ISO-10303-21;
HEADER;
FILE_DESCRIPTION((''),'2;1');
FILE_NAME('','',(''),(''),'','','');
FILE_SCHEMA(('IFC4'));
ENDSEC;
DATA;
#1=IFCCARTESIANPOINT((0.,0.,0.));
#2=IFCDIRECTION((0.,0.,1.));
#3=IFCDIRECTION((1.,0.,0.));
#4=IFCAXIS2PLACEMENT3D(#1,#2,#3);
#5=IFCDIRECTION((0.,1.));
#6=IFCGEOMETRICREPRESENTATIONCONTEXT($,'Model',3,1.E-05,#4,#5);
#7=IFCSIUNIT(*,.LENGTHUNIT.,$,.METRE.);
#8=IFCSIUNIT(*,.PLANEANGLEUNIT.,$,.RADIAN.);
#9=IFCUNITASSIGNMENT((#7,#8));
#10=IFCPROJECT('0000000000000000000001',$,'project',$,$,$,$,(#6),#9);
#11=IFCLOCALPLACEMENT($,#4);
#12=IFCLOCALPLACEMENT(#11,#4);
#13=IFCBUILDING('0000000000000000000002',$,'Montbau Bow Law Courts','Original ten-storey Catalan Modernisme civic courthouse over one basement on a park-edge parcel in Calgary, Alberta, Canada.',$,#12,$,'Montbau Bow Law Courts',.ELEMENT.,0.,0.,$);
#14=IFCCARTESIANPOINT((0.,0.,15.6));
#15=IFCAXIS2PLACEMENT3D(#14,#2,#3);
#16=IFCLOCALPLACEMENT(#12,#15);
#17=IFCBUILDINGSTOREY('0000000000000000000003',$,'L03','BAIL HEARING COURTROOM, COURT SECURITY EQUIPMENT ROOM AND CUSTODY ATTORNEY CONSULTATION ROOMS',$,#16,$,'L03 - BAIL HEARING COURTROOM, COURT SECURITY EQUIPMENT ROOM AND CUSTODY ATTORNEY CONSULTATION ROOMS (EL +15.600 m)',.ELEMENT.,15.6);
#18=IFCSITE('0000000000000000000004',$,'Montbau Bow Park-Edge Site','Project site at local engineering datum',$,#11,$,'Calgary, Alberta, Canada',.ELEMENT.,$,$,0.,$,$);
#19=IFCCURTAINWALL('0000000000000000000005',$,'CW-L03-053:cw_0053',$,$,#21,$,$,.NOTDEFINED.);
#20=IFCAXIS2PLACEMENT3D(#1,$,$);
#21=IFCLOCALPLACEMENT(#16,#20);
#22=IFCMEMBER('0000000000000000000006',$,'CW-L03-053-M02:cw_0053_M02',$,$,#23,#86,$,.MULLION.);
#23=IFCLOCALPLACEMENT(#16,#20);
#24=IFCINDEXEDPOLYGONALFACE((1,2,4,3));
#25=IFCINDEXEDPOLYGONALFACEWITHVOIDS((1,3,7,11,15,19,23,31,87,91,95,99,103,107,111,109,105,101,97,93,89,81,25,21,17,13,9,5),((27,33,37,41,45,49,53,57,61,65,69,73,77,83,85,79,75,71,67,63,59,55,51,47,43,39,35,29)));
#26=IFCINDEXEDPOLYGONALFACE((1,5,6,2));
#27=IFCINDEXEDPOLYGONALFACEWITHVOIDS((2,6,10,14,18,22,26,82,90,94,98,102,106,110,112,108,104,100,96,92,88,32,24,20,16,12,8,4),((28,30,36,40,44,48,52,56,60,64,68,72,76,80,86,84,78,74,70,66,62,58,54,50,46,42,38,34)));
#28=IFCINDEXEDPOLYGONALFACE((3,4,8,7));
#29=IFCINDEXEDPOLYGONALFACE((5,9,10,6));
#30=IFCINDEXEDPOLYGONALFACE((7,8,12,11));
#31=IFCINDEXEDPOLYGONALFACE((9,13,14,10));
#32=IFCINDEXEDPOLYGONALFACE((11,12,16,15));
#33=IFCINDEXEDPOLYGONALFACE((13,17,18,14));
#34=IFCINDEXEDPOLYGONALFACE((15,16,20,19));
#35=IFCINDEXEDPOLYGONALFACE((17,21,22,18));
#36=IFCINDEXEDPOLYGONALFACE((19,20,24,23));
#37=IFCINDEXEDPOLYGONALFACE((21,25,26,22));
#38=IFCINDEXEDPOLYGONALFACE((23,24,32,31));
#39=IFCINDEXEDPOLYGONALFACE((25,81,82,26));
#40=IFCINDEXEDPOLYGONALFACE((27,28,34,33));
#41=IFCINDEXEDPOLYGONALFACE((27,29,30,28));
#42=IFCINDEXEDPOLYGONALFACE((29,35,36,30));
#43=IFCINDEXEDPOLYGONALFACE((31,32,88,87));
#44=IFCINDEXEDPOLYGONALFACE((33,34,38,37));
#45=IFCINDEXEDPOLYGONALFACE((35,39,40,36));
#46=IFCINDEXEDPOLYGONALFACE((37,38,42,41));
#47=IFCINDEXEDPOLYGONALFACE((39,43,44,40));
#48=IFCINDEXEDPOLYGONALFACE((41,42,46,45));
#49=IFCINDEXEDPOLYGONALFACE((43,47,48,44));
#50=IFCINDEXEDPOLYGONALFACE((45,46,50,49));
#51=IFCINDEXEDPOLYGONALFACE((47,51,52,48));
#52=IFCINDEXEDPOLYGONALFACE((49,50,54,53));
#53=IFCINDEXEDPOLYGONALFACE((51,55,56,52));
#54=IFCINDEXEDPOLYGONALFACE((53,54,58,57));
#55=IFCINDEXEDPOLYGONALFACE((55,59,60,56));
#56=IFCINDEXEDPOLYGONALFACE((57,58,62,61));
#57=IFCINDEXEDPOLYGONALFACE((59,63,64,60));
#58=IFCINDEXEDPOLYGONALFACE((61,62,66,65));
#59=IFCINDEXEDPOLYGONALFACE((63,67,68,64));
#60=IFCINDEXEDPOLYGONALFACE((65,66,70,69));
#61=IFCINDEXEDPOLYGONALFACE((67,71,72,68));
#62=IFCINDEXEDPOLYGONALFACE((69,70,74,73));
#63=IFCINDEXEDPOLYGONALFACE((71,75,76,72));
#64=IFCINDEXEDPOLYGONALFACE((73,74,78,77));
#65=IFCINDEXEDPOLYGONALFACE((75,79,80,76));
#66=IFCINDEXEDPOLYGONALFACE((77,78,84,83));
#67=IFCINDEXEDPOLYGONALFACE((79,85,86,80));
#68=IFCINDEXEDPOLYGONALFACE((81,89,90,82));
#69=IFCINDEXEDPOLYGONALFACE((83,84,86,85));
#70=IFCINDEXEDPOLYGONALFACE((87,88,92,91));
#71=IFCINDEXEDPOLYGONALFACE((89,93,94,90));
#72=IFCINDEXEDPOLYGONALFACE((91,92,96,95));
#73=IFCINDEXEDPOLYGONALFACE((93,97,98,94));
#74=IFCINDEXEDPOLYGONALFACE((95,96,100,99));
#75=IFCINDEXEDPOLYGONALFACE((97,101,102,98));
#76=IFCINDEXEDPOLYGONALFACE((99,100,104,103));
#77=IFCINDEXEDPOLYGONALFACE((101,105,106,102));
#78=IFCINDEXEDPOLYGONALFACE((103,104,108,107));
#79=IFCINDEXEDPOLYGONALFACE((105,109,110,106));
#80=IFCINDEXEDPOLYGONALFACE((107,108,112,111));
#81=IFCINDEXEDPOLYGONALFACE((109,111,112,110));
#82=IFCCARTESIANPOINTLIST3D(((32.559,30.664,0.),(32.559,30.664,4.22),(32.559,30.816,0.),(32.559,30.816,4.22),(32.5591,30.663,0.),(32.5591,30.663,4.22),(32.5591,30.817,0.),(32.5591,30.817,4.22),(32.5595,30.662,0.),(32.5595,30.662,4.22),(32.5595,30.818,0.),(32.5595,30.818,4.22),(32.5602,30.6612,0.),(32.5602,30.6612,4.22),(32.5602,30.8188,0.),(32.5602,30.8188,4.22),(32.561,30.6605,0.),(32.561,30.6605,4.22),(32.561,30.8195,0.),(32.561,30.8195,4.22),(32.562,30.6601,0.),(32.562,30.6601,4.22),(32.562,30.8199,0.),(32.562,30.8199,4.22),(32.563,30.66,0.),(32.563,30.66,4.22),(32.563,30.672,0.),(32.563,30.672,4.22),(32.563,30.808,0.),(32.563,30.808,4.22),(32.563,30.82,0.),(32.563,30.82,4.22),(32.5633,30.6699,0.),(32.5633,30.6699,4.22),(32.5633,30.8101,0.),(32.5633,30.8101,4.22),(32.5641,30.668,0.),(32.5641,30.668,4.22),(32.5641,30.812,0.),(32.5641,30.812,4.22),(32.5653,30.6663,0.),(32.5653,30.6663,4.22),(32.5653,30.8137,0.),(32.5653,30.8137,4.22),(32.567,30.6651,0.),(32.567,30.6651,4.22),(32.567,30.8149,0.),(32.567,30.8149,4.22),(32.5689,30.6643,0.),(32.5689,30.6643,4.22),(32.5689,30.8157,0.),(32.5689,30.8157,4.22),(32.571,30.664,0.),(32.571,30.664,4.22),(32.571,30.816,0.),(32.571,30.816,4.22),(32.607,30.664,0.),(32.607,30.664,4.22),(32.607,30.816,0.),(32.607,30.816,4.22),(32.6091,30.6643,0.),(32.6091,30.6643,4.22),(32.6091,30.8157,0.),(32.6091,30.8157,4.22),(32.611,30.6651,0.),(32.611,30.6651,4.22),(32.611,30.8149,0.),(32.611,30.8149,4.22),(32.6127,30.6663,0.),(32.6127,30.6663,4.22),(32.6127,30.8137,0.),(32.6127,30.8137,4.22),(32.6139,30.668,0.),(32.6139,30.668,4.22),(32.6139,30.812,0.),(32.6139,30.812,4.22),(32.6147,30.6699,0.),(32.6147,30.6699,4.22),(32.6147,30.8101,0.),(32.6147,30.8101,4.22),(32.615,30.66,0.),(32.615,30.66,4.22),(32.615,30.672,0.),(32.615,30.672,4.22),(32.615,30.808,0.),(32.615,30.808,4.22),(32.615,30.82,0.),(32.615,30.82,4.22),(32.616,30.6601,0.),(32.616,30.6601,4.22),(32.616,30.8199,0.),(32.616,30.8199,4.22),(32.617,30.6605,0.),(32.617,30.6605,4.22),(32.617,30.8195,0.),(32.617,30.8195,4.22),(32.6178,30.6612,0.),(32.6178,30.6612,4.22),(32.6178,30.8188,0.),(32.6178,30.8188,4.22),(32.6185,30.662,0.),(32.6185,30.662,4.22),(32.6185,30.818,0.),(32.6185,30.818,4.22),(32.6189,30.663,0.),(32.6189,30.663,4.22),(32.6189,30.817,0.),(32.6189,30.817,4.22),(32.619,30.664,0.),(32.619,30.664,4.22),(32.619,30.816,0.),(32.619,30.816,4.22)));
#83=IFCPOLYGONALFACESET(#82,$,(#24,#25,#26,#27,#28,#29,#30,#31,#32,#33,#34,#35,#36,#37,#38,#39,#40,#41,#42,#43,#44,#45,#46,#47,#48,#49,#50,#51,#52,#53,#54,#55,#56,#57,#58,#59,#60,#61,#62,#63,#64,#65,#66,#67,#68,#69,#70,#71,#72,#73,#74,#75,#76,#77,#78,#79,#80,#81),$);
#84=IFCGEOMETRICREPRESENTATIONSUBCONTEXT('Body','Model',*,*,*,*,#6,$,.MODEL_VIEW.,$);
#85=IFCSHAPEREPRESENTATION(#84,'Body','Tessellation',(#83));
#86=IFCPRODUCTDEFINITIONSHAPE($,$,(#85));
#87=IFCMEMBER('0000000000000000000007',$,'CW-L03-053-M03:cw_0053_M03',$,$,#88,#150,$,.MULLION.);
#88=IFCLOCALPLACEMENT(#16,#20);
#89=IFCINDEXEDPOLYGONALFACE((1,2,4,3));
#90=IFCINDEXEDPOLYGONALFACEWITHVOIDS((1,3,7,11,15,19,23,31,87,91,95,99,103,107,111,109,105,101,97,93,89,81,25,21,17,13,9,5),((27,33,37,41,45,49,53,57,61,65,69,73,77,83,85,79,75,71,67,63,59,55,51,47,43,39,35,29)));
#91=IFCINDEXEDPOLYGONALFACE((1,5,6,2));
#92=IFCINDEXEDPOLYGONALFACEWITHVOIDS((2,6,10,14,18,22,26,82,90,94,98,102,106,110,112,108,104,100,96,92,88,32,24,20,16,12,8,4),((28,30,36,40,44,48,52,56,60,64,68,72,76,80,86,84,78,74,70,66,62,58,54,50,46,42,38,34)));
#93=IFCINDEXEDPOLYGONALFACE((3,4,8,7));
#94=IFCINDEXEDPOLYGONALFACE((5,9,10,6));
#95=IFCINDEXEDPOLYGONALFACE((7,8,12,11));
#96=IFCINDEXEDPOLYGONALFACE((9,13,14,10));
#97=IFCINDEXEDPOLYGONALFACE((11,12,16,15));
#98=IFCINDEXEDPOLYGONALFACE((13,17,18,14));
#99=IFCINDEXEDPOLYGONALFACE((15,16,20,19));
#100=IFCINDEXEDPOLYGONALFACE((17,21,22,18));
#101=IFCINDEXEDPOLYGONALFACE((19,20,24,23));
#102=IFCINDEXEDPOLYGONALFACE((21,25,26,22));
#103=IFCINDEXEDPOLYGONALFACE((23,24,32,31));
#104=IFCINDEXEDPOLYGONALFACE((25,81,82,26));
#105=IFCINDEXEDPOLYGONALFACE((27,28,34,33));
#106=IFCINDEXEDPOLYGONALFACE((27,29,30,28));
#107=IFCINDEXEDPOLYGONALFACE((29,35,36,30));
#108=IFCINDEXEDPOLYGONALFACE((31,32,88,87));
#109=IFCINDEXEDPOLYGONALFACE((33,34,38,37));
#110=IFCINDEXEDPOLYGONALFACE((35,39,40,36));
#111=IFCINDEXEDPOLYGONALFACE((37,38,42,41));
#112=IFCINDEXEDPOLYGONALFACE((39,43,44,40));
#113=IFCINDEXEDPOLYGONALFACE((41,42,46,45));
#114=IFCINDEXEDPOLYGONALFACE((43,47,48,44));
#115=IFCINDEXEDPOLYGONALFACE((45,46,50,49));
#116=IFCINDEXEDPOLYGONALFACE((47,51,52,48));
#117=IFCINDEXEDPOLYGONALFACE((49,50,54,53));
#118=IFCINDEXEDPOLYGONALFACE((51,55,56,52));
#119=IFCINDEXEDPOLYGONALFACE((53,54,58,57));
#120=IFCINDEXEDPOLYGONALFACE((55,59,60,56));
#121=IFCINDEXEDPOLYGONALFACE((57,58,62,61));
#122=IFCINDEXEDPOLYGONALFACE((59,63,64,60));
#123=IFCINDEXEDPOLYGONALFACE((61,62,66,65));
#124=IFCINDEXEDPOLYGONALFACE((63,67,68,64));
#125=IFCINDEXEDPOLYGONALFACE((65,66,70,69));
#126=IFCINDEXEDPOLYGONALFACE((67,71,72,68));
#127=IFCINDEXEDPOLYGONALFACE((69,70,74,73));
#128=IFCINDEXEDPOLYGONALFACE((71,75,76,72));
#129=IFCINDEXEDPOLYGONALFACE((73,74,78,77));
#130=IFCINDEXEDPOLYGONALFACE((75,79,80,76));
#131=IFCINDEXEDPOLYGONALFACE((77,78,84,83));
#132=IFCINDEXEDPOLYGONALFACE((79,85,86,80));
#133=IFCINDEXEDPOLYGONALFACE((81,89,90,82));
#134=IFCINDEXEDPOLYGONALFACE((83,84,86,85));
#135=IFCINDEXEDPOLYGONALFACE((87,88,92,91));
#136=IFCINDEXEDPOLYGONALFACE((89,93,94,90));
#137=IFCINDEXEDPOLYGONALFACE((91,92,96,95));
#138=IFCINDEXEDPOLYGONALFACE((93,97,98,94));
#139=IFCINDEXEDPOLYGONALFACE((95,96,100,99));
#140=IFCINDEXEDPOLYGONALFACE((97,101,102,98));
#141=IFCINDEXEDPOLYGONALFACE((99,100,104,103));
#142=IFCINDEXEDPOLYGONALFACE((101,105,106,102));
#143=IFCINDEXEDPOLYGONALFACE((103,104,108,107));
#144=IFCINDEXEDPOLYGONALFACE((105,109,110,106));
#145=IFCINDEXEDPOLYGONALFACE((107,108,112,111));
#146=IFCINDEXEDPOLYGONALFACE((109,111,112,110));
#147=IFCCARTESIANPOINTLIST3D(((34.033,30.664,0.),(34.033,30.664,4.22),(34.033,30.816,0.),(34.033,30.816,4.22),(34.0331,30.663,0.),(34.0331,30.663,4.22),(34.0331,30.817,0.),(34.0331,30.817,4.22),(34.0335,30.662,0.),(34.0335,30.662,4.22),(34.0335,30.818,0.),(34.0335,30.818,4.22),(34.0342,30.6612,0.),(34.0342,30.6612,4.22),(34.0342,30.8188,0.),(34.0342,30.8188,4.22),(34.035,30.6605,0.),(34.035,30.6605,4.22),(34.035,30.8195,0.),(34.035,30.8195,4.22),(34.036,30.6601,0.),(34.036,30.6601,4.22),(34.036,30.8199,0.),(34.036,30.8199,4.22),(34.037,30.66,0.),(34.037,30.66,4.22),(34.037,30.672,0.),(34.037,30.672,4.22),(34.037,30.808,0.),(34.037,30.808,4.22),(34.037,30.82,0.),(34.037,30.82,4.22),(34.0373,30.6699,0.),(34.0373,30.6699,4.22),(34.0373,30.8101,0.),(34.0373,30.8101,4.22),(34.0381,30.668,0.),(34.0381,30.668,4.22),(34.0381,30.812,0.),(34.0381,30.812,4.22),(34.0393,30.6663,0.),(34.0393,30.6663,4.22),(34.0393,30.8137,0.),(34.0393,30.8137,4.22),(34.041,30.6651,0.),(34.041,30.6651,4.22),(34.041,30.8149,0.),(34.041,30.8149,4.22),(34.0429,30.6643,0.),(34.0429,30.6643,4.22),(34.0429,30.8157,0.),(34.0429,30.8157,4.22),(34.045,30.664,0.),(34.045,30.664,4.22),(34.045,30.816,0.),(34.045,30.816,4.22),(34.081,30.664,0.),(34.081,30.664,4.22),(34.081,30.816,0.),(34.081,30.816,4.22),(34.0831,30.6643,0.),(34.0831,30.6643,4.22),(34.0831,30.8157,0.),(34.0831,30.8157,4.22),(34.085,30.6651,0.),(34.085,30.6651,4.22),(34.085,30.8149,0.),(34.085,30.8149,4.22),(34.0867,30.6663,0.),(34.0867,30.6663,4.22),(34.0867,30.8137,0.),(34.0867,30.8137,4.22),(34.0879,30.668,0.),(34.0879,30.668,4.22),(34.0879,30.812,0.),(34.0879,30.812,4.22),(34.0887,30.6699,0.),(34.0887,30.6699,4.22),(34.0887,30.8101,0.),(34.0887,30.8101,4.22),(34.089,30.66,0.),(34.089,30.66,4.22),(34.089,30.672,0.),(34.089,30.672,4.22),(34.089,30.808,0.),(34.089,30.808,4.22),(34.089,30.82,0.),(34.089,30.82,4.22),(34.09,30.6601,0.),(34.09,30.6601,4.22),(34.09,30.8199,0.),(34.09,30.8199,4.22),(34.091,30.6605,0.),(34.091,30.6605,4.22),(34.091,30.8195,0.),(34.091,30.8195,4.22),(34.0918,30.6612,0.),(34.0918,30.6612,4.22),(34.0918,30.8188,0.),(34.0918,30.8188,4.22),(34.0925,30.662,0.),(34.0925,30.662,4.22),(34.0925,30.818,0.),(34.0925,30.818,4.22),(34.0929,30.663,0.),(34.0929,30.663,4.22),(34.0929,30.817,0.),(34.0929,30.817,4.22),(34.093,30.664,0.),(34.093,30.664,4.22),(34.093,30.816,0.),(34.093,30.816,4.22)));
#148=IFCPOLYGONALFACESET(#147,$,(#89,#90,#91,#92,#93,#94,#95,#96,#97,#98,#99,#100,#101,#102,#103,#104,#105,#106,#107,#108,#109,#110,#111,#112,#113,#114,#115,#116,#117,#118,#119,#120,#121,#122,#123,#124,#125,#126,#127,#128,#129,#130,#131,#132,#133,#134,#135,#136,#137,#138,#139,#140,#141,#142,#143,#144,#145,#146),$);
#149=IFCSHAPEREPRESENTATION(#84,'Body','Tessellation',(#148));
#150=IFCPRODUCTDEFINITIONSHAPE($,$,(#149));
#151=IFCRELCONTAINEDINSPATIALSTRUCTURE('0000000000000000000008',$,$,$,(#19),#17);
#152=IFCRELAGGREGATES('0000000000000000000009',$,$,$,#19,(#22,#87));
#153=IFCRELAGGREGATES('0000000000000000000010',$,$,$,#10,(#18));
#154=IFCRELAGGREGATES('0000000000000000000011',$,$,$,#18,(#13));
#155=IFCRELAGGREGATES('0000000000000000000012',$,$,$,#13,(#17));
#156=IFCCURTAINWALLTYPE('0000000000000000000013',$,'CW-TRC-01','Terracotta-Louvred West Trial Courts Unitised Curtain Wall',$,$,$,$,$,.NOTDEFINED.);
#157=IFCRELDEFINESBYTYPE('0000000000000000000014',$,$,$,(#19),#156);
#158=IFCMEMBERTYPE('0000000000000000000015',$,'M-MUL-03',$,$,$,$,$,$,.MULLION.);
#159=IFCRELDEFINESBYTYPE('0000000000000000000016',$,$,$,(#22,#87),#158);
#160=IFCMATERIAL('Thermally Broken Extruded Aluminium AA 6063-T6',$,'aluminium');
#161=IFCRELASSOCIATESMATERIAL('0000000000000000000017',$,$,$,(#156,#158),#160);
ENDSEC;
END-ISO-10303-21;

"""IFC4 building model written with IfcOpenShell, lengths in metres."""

from ifc_helpers import new_model, si_unit, direction, frame, origin_with_axes, origin_2d_with_axis, place, context, subcontext, project, spatial, hollow_rectangle, extrude, material, material_profile, profile_set, type_object, element, aggregate, save


model = new_model("IFC4")

# Units and contexts
model_context = context("Model", 3, precision=1e-05, world=origin_with_axes(), true_north=direction((0.0, 1.0)))
body_context = subcontext(model_context, "Body", "Model", "MODEL_VIEW")
ifc_project = project(units=[si_unit("LENGTHUNIT", "METRE"), si_unit("PLANEANGLEUNIT", "RADIAN")], contexts=[model_context])

# Site, building, storey
site_placement = place(None, origin_with_axes())
site = spatial("IfcSite", under=ifc_project, at=site_placement, Name="Montbau Bow Park-Edge Site", Description="Project site at local engineering datum", LongName="Calgary, Alberta, Canada", CompositionType="ELEMENT", RefElevation=0.0)
building_placement = place(site_placement, origin_with_axes())
building = spatial("IfcBuilding", under=site, at=building_placement, Name="Montbau Bow Law Courts", Description="Original ten-storey Catalan Modernisme civic courthouse over one basement on a park-edge parcel in Calgary, Alberta, Canada.", LongName="Montbau Bow Law Courts", CompositionType="ELEMENT", ElevationOfRefHeight=0.0, ElevationOfTerrain=0.0)
storey_placement = place(building_placement, frame((0.0, 0.0, 15.6), z_axis=(0.0, 0.0, 1.0), x_axis=(1.0, 0.0, 0.0)))
storey = spatial("IfcBuildingStorey", under=building, at=storey_placement, Name="L03", Description="BAIL HEARING COURTROOM, COURT SECURITY EQUIPMENT ROOM AND CUSTODY ATTORNEY CONSULTATION ROOMS", LongName="L03 - BAIL HEARING COURTROOM, COURT SECURITY EQUIPMENT ROOM AND CUSTODY ATTORNEY CONSULTATION ROOMS (EL +15.600 m)", CompositionType="ELEMENT", Elevation=15.6)

# Shared definitions
ifc_material_1 = material(Name="Thermally Broken Extruded Aluminium AA 6063-T6", Category="aluminium")
curtain_wall_type = type_object("IfcCurtainWallType", Name="CW-TRC-01", Description="Terracotta-Louvred West Trial Courts Unitised Curtain Wall", PredefinedType="NOTDEFINED", material=ifc_material_1)

# Curtain wall, members
curtain_wall_1_placement = place(None, frame((31.115, 30.74, 15.6), z_axis=(0.0, 0.0, 1.0), x_axis=(1.0, 0.0, 0.0)))
curtain_wall_1 = element("IfcCurtainWall", 1, at=curtain_wall_1_placement, inside=storey, type_object=curtain_wall_type, Name="CW-L03-053:cw_0053", PredefinedType="NOTDEFINED")
ifc_material_profile_1 = material_profile(ifc_material_1, hollow_rectangle(XDim=0.06, YDim=0.16, WallThickness=0.004, InnerFilletRadius=0.008, OuterFilletRadius=0.004, at=origin_2d_with_axis()), Name="CWM-160X60", Category="Main", Priority=0)
ifc_profile_set_1 = profile_set([ifc_material_profile_1], Name="Thermally Broken Extruded Aluminium AA 6063-T6")
member_type_1 = type_object("IfcMemberType", Name="M-MUL-03", PredefinedType="MULLION", material=ifc_profile_set_1)
member_1_placement = place(None, frame((32.589, 30.74, 15.6), z_axis=(0.0, 0.0, 1.0), x_axis=(1.0, 0.0, 0.0)))
member_1 = element("IfcMember", 2, at=member_1_placement, type_object=member_type_1, Name="CW-L03-053-M02:cw_0053_M02", PredefinedType="MULLION", context=body_context, shape_type="SweptSolid", body=[
    extrude(hollow_rectangle(XDim=0.06, YDim=0.16, WallThickness=0.004, InnerFilletRadius=0.008, OuterFilletRadius=0.004, at=origin_2d_with_axis()), origin_with_axes(), (0.0, 0.0, 1.0), 4.22),
])
member_2_placement = place(None, frame((34.063, 30.74, 15.6), z_axis=(0.0, 0.0, 1.0), x_axis=(1.0, 0.0, 0.0)))
member_2 = element("IfcMember", 3, at=member_2_placement, type_object=member_type_1, Name="CW-L03-053-M03:cw_0053_M03", PredefinedType="MULLION", context=body_context, shape_type="SweptSolid", body=[
    extrude(hollow_rectangle(XDim=0.06, YDim=0.16, WallThickness=0.004, InnerFilletRadius=0.008, OuterFilletRadius=0.004, at=origin_2d_with_axis()), origin_with_axes(), (0.0, 0.0, 1.0), 4.22),
])
aggregate(curtain_wall_1, [member_1, member_2])

save(model, "model.ifc")
